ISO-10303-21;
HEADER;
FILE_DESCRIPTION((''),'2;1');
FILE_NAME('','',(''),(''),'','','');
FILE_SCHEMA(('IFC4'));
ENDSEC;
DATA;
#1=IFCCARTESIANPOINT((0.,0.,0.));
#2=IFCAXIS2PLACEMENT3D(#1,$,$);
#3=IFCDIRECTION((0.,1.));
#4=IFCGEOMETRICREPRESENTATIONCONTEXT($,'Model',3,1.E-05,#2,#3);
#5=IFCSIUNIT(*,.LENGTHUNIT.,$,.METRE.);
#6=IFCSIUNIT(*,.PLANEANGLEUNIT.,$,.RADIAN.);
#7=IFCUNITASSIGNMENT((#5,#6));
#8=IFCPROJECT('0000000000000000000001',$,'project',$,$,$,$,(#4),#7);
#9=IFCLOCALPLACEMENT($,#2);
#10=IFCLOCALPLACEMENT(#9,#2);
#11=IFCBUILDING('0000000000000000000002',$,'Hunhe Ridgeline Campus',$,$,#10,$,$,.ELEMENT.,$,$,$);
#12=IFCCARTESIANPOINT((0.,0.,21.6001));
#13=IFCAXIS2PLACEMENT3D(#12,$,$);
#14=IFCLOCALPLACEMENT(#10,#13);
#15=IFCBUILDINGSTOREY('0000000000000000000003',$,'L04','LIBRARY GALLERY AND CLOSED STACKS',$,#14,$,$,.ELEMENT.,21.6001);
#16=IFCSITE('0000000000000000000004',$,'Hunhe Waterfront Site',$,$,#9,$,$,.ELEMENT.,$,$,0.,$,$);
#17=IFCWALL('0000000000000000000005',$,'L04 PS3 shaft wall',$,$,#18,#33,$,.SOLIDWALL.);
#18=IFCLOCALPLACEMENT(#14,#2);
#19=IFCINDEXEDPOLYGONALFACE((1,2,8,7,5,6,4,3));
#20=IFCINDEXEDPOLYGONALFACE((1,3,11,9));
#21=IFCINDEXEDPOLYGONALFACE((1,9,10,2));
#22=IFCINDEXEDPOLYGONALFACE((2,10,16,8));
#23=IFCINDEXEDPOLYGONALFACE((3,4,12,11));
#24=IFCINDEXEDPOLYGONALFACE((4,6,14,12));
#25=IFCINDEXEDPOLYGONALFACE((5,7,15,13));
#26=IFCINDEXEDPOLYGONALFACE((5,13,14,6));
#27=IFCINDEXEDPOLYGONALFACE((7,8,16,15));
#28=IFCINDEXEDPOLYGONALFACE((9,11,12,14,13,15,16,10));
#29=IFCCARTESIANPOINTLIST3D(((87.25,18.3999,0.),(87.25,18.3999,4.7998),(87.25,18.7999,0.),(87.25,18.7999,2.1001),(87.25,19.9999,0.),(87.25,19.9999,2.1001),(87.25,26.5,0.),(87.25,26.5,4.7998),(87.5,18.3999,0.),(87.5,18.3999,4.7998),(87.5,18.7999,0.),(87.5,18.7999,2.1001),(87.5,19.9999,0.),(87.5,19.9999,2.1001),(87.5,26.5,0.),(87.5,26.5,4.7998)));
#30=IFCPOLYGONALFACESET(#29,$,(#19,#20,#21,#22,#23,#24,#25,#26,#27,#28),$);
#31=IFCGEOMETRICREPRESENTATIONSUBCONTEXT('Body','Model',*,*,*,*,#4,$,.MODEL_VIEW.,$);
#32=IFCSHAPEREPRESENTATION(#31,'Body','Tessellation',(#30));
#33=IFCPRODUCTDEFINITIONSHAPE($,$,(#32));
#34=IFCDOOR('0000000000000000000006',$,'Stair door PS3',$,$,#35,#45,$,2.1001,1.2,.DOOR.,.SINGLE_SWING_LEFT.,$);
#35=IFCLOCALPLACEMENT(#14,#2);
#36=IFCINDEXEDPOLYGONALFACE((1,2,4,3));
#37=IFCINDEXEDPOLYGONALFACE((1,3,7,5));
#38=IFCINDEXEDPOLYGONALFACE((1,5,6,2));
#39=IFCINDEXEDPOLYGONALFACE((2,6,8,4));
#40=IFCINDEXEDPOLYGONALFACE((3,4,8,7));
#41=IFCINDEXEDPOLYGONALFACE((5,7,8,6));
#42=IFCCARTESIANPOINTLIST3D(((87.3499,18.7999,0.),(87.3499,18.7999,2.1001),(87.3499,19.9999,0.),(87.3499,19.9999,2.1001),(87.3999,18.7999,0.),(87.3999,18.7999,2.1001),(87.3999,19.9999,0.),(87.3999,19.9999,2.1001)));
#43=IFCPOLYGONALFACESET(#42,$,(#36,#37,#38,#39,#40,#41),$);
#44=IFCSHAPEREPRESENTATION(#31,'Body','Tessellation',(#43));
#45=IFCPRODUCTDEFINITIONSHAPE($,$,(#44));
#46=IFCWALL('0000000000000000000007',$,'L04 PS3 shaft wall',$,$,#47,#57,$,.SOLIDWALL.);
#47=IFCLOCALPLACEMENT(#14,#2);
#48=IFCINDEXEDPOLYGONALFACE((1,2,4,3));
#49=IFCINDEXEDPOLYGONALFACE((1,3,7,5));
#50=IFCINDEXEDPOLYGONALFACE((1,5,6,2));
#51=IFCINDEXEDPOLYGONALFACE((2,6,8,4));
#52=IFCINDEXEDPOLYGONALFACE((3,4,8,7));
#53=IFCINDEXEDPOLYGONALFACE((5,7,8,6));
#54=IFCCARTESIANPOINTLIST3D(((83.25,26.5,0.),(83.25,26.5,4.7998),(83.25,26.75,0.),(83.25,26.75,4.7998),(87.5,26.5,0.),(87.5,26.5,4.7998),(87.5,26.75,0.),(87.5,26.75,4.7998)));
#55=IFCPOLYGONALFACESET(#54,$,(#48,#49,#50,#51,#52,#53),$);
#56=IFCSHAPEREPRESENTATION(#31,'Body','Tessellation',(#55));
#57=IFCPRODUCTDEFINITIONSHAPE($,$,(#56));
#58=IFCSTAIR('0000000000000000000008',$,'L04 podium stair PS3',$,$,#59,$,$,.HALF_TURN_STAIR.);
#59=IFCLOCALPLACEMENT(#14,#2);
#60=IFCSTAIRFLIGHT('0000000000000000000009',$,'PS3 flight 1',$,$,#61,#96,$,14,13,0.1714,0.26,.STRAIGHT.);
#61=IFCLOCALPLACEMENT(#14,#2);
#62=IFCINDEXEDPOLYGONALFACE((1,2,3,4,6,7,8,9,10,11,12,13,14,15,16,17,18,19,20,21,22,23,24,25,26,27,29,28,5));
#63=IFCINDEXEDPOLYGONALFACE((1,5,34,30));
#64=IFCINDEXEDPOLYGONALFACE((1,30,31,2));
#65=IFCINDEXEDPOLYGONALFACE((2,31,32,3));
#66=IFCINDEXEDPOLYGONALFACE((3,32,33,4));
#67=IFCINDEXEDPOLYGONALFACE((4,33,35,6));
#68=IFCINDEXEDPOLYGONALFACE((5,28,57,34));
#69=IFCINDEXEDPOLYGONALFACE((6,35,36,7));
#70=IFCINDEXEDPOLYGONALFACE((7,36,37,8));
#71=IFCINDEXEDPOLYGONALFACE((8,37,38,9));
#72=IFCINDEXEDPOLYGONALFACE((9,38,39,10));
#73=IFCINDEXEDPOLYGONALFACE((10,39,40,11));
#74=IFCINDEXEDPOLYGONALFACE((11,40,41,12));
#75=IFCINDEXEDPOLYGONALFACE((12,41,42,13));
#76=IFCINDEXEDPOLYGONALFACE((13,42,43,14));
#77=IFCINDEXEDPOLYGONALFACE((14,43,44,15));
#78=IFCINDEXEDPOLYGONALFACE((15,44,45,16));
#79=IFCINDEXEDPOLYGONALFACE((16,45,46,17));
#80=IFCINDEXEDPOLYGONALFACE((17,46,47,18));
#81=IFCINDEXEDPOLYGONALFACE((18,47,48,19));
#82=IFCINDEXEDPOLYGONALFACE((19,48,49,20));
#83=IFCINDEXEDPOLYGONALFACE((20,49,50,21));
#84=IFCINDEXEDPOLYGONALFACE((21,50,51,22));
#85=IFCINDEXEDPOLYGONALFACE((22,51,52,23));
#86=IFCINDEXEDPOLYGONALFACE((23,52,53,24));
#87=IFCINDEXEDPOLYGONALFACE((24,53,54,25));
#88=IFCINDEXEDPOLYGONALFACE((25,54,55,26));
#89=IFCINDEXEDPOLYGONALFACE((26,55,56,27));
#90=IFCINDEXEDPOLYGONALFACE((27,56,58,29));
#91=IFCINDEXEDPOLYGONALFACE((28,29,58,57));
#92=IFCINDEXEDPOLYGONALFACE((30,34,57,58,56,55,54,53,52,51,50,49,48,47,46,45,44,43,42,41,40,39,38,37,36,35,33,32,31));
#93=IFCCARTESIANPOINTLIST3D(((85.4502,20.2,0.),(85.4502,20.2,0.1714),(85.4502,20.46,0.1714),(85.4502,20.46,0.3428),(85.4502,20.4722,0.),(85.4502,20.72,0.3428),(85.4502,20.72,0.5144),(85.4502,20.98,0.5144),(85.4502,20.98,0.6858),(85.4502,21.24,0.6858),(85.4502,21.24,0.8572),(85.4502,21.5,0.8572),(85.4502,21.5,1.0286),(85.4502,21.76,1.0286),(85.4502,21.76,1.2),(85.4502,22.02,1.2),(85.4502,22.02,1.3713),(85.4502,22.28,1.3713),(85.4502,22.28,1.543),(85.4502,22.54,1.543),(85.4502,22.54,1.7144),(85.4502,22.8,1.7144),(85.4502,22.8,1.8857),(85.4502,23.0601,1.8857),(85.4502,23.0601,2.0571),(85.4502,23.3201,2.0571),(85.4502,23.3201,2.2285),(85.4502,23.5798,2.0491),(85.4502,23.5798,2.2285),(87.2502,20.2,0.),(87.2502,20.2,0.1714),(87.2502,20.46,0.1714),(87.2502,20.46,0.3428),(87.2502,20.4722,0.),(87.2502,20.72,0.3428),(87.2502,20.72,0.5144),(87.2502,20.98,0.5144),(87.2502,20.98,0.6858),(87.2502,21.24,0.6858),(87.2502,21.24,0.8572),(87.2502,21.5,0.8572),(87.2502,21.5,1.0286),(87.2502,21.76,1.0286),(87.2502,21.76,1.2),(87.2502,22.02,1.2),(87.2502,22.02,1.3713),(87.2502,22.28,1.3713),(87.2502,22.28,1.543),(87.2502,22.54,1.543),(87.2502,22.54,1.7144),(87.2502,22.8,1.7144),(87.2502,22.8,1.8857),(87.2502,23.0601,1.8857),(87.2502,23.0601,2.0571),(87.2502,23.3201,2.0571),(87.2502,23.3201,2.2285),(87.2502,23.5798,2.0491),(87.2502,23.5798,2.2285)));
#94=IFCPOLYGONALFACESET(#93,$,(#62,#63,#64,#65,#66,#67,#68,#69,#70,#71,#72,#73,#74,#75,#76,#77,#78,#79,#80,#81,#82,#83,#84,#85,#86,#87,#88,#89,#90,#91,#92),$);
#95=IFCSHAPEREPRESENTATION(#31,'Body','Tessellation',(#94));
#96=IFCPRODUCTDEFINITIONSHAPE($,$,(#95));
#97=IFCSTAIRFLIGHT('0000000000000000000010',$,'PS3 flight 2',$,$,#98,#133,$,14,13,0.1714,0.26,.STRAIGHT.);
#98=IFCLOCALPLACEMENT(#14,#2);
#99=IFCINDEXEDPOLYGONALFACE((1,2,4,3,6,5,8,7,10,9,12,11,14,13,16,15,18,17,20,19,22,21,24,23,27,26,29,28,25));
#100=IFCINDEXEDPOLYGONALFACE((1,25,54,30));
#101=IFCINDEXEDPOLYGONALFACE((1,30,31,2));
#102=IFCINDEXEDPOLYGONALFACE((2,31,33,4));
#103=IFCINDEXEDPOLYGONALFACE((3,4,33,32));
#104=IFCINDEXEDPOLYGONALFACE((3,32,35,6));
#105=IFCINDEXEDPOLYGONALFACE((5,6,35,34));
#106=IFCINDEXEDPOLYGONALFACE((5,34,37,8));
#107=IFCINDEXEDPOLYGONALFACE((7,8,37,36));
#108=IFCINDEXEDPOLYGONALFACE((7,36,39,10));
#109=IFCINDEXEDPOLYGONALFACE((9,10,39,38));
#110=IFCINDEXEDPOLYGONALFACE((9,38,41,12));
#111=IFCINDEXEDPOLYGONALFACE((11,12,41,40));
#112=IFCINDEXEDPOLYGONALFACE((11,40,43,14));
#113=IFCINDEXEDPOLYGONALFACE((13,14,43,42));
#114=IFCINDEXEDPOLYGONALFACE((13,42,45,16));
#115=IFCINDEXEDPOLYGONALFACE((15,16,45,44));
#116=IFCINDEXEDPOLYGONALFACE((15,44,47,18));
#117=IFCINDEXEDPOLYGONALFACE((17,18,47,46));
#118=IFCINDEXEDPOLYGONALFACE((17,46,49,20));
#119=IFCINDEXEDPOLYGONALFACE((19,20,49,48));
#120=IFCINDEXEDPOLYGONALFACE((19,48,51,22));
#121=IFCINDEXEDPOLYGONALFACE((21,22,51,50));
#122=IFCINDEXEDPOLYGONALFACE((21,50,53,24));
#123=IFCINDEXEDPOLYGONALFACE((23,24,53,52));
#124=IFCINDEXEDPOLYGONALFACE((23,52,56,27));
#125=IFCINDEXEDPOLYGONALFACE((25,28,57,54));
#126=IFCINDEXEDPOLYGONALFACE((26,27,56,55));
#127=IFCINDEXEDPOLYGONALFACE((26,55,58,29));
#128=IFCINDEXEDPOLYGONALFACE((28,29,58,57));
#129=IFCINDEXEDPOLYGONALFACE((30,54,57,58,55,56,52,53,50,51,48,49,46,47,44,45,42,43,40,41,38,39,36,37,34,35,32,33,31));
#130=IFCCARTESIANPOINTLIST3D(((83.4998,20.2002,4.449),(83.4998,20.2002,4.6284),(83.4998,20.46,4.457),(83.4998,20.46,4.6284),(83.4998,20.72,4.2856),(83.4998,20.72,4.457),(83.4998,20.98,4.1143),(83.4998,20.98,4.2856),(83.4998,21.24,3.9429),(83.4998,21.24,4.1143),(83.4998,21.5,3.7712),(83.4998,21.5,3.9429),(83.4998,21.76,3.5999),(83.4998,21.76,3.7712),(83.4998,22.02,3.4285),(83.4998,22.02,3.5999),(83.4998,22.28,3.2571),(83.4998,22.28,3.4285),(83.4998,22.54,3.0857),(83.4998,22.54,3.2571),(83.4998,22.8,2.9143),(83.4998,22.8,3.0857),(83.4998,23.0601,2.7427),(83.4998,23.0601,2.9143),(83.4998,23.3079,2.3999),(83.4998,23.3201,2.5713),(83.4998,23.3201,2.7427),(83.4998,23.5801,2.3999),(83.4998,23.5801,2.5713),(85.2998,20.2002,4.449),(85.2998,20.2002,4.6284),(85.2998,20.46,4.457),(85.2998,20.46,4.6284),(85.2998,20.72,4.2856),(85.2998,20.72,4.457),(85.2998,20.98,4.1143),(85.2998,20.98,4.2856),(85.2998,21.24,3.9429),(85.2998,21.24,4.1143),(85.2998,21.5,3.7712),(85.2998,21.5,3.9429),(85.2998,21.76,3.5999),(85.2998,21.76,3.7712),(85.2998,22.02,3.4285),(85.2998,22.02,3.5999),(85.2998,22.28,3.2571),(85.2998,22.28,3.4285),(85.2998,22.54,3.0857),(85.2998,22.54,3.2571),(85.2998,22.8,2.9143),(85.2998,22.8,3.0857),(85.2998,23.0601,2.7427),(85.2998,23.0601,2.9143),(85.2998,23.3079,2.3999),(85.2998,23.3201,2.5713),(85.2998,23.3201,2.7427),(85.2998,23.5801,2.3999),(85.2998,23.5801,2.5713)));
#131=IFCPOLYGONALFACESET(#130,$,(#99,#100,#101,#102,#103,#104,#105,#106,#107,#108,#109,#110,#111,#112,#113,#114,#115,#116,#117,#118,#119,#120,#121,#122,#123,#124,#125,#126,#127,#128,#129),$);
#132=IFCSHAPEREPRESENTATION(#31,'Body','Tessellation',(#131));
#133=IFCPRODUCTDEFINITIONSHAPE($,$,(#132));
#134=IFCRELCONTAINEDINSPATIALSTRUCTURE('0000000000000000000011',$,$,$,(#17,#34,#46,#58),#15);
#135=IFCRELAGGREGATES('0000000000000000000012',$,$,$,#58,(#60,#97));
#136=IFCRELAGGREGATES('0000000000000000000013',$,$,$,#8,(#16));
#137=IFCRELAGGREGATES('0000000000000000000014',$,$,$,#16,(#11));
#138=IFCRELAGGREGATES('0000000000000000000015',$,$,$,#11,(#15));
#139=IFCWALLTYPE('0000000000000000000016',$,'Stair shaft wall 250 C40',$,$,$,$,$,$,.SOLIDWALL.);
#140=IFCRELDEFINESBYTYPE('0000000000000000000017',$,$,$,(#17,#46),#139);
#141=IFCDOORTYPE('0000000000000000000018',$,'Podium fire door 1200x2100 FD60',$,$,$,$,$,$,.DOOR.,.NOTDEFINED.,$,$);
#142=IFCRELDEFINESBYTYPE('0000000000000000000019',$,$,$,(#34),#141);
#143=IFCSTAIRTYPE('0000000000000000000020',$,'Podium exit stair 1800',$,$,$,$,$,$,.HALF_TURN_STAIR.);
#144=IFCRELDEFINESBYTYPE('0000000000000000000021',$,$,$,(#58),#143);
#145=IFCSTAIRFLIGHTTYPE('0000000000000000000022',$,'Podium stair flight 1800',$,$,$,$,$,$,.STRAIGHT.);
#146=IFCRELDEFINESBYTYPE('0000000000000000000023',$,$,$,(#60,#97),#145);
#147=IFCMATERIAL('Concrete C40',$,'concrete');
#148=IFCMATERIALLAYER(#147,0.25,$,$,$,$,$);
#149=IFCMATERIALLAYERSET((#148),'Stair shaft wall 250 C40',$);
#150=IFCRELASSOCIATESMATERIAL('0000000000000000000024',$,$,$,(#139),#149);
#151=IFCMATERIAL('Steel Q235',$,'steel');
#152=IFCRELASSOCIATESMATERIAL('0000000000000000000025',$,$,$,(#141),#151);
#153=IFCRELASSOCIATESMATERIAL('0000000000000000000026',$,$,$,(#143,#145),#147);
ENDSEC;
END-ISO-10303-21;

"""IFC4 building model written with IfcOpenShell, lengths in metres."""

from ifc_helpers import new_model, si_unit, direction, frame, frame_2d, origin, place, context, subcontext, project, spatial, polyline, rectangle, outline, extrude, material, layer, layer_set, type_object, element, fill, aggregate, save


model = new_model("IFC4")

# Units and contexts
model_context = context("Model", 3, precision=1e-05, world=origin(), true_north=direction((0.0, 1.0)))
body_context = subcontext(model_context, "Body", "Model", "MODEL_VIEW")
ifc_project = project(units=[si_unit("LENGTHUNIT", "METRE"), si_unit("PLANEANGLEUNIT", "RADIAN")], contexts=[model_context])

# Site, building, storey
site_placement = place(None, origin())
site = spatial("IfcSite", under=ifc_project, at=site_placement, Name="Hunhe Waterfront Site", CompositionType="ELEMENT", RefElevation=0.0)
building_placement = place(site_placement, origin())
building = spatial("IfcBuilding", under=site, at=building_placement, Name="Hunhe Ridgeline Campus", CompositionType="ELEMENT")
storey_placement = place(building_placement, frame((0.0, 0.0, 21.6001)))
storey = spatial("IfcBuildingStorey", under=building, at=storey_placement, Name="L04", Description="LIBRARY GALLERY AND CLOSED STACKS", CompositionType="ELEMENT", Elevation=21.6001)

# Shared definitions
ifc_material_1 = material(Name="Concrete C40", Category="concrete")
ifc_layer_1 = layer(ifc_material_1, 0.25)
ifc_layer_set_1 = layer_set([ifc_layer_1], Name="Stair shaft wall 250 C40")
wall_type_1 = type_object("IfcWallType", Name="Stair shaft wall 250 C40", PredefinedType="SOLIDWALL", material=ifc_layer_set_1)

# Wall, opening, door
wall_1_placement = place(storey_placement, frame((87.375, 26.5, 0.0), z_axis=(0.0, 0.0, 1.0), x_axis=(0.0, -1.0, 0.0)))
wall_1 = element("IfcWall", 1, at=wall_1_placement, inside=storey, type_object=wall_type_1, Name="L04 PS3 shaft wall", PredefinedType="SOLIDWALL", context=body_context, shape_type="SweptSolid", body=[
    extrude(rectangle(XDim=8.1001, YDim=0.25, at=frame_2d((4.05, 0.0))), origin(), (0.0, 0.0, 1.0), 4.7998),
])
opening_placement = place(wall_1_placement, frame((6.5, 0.0, 0.0)))
opening = element("IfcOpeningElement", 2, at=opening_placement, cuts=wall_1, PredefinedType="OPENING", context=body_context, shape_type="SweptSolid", body=[
    extrude(rectangle(XDim=1.2, YDim=2.1001, at=frame_2d((0.6001, 1.05))), frame((0.0, 0.125, 0.0), z_axis=(0.0, -1.0, 0.0), x_axis=(1.0, 0.0, 0.0)), (0.0, 0.0, 1.0), 0.25),
])
ifc_material_2 = material(Name="Steel Q235", Category="steel")
door_type = type_object("IfcDoorType", Name="Podium fire door 1200x2100 FD60", OperationType="NOTDEFINED", PredefinedType="DOOR", material=ifc_material_2)
door_placement = place(opening_placement, origin())
door = element("IfcDoor", 3, at=door_placement, inside=storey, type_object=door_type, Name="Stair door PS3", OperationType="SINGLE_SWING_LEFT", OverallHeight=2.1001, OverallWidth=1.2, PredefinedType="DOOR", context=body_context, shape_type="SweptSolid", body=[
    extrude(rectangle(XDim=1.2, YDim=2.1001, at=frame_2d((0.6001, 1.05))), frame((0.0, 0.0249, 0.0), z_axis=(0.0, -1.0, 0.0), x_axis=(1.0, 0.0, 0.0)), (0.0, 0.0, 1.0), 0.05),
])
fill(opening, door)

# Wall
wall_2_placement = place(storey_placement, frame((83.25, 26.625, 0.0), z_axis=(0.0, 0.0, 1.0), x_axis=(1.0, 0.0, 0.0)))
element("IfcWall", 4, at=wall_2_placement, inside=storey, type_object=wall_type_1, Name="L04 PS3 shaft wall", PredefinedType="SOLIDWALL", context=body_context, shape_type="SweptSolid", body=[
    extrude(rectangle(XDim=4.25, YDim=0.25, at=frame_2d((2.125, 0.0))), origin(), (0.0, 0.0, 1.0), 4.7998),
])

# Stair, stair flights
stair_type = type_object("IfcStairType", Name="Podium exit stair 1800", PredefinedType="HALF_TURN_STAIR", material=ifc_material_1)
stair_placement = place(storey_placement, origin())
stair = element("IfcStair", 5, at=stair_placement, inside=storey, type_object=stair_type, Name="L04 podium stair PS3", PredefinedType="HALF_TURN_STAIR")
stair_flight_type = type_object("IfcStairFlightType", Name="Podium stair flight 1800", PredefinedType="STRAIGHT", material=ifc_material_1)
stair_flight_1_placement = place(storey_placement, frame((86.3501, 20.2, 0.0), z_axis=(0.0, 0.0, 1.0), x_axis=(0.0, 1.0, 0.0)))
stair_flight_1 = element("IfcStairFlight", 6, at=stair_flight_1_placement, type_object=stair_flight_type, Name="PS3 flight 1", NumberOfRisers=14, NumberOfTreads=13, PredefinedType="STRAIGHT", RiserHeight=0.1714, TreadLength=0.26, context=body_context, shape_type="SweptSolid", body=[
    extrude(outline(polyline([(0.0, 0.0), (0.0, 0.1714), (0.26, 0.1714), (0.26, 0.3428), (0.52, 0.3428), (0.52, 0.5144), (0.78, 0.5144), (0.78, 0.6858), (1.04, 0.6858), (1.04, 0.8572), (1.3, 0.8572), (1.3, 1.0286), (1.5601, 1.0286), (1.5601, 1.2), (1.8201, 1.2), (1.8201, 1.3713), (2.0801, 1.3713), (2.0801, 1.543), (2.3401, 1.543), (2.3401, 1.7144), (2.6001, 1.7144), (2.6001, 1.8857), (2.8601, 1.8857), (2.8601, 2.0571), (3.1201, 2.0571), (3.1201, 2.2285), (3.3799, 2.2285), (3.3799, 2.3999), (3.3799, 2.0491), (0.2722, 0.0), (0.0, 0.0)])), frame((0.0, 0.8999, 0.0), z_axis=(0.0, -1.0, 0.0), x_axis=(1.0, 0.0, 0.0)), (0.0, 0.0, 1.0), 1.8),
])
stair_flight_2_placement = place(storey_placement, frame((84.3999, 23.5801, 2.3999), z_axis=(0.0, 0.0, 1.0), x_axis=(0.0, -1.0, 0.0)))
stair_flight_2 = element("IfcStairFlight", 7, at=stair_flight_2_placement, type_object=stair_flight_type, Name="PS3 flight 2", NumberOfRisers=14, NumberOfTreads=13, PredefinedType="STRAIGHT", RiserHeight=0.1714, TreadLength=0.26, context=body_context, shape_type="SweptSolid", body=[
    extrude(outline(polyline([(0.0, 0.0), (0.0, 0.1714), (0.26, 0.1714), (0.26, 0.3428), (0.52, 0.3428), (0.52, 0.5144), (0.78, 0.5144), (0.78, 0.6858), (1.04, 0.6858), (1.04, 0.8572), (1.3, 0.8572), (1.3, 1.0286), (1.5601, 1.0286), (1.5601, 1.2), (1.8201, 1.2), (1.8201, 1.3713), (2.0801, 1.3713), (2.0801, 1.543), (2.3401, 1.543), (2.3401, 1.7144), (2.6001, 1.7144), (2.6001, 1.8857), (2.8601, 1.8857), (2.8601, 2.0571), (3.1201, 2.0571), (3.1201, 2.2285), (3.3799, 2.2285), (3.3799, 2.3999), (3.3799, 2.0491), (0.2722, 0.0), (0.0, 0.0)])), frame((0.0, 0.8999, 0.0), z_axis=(0.0, -1.0, 0.0), x_axis=(1.0, 0.0, 0.0)), (0.0, 0.0, 1.0), 1.8),
])
aggregate(stair, [stair_flight_1, stair_flight_2])

save(model, "model.ifc")
